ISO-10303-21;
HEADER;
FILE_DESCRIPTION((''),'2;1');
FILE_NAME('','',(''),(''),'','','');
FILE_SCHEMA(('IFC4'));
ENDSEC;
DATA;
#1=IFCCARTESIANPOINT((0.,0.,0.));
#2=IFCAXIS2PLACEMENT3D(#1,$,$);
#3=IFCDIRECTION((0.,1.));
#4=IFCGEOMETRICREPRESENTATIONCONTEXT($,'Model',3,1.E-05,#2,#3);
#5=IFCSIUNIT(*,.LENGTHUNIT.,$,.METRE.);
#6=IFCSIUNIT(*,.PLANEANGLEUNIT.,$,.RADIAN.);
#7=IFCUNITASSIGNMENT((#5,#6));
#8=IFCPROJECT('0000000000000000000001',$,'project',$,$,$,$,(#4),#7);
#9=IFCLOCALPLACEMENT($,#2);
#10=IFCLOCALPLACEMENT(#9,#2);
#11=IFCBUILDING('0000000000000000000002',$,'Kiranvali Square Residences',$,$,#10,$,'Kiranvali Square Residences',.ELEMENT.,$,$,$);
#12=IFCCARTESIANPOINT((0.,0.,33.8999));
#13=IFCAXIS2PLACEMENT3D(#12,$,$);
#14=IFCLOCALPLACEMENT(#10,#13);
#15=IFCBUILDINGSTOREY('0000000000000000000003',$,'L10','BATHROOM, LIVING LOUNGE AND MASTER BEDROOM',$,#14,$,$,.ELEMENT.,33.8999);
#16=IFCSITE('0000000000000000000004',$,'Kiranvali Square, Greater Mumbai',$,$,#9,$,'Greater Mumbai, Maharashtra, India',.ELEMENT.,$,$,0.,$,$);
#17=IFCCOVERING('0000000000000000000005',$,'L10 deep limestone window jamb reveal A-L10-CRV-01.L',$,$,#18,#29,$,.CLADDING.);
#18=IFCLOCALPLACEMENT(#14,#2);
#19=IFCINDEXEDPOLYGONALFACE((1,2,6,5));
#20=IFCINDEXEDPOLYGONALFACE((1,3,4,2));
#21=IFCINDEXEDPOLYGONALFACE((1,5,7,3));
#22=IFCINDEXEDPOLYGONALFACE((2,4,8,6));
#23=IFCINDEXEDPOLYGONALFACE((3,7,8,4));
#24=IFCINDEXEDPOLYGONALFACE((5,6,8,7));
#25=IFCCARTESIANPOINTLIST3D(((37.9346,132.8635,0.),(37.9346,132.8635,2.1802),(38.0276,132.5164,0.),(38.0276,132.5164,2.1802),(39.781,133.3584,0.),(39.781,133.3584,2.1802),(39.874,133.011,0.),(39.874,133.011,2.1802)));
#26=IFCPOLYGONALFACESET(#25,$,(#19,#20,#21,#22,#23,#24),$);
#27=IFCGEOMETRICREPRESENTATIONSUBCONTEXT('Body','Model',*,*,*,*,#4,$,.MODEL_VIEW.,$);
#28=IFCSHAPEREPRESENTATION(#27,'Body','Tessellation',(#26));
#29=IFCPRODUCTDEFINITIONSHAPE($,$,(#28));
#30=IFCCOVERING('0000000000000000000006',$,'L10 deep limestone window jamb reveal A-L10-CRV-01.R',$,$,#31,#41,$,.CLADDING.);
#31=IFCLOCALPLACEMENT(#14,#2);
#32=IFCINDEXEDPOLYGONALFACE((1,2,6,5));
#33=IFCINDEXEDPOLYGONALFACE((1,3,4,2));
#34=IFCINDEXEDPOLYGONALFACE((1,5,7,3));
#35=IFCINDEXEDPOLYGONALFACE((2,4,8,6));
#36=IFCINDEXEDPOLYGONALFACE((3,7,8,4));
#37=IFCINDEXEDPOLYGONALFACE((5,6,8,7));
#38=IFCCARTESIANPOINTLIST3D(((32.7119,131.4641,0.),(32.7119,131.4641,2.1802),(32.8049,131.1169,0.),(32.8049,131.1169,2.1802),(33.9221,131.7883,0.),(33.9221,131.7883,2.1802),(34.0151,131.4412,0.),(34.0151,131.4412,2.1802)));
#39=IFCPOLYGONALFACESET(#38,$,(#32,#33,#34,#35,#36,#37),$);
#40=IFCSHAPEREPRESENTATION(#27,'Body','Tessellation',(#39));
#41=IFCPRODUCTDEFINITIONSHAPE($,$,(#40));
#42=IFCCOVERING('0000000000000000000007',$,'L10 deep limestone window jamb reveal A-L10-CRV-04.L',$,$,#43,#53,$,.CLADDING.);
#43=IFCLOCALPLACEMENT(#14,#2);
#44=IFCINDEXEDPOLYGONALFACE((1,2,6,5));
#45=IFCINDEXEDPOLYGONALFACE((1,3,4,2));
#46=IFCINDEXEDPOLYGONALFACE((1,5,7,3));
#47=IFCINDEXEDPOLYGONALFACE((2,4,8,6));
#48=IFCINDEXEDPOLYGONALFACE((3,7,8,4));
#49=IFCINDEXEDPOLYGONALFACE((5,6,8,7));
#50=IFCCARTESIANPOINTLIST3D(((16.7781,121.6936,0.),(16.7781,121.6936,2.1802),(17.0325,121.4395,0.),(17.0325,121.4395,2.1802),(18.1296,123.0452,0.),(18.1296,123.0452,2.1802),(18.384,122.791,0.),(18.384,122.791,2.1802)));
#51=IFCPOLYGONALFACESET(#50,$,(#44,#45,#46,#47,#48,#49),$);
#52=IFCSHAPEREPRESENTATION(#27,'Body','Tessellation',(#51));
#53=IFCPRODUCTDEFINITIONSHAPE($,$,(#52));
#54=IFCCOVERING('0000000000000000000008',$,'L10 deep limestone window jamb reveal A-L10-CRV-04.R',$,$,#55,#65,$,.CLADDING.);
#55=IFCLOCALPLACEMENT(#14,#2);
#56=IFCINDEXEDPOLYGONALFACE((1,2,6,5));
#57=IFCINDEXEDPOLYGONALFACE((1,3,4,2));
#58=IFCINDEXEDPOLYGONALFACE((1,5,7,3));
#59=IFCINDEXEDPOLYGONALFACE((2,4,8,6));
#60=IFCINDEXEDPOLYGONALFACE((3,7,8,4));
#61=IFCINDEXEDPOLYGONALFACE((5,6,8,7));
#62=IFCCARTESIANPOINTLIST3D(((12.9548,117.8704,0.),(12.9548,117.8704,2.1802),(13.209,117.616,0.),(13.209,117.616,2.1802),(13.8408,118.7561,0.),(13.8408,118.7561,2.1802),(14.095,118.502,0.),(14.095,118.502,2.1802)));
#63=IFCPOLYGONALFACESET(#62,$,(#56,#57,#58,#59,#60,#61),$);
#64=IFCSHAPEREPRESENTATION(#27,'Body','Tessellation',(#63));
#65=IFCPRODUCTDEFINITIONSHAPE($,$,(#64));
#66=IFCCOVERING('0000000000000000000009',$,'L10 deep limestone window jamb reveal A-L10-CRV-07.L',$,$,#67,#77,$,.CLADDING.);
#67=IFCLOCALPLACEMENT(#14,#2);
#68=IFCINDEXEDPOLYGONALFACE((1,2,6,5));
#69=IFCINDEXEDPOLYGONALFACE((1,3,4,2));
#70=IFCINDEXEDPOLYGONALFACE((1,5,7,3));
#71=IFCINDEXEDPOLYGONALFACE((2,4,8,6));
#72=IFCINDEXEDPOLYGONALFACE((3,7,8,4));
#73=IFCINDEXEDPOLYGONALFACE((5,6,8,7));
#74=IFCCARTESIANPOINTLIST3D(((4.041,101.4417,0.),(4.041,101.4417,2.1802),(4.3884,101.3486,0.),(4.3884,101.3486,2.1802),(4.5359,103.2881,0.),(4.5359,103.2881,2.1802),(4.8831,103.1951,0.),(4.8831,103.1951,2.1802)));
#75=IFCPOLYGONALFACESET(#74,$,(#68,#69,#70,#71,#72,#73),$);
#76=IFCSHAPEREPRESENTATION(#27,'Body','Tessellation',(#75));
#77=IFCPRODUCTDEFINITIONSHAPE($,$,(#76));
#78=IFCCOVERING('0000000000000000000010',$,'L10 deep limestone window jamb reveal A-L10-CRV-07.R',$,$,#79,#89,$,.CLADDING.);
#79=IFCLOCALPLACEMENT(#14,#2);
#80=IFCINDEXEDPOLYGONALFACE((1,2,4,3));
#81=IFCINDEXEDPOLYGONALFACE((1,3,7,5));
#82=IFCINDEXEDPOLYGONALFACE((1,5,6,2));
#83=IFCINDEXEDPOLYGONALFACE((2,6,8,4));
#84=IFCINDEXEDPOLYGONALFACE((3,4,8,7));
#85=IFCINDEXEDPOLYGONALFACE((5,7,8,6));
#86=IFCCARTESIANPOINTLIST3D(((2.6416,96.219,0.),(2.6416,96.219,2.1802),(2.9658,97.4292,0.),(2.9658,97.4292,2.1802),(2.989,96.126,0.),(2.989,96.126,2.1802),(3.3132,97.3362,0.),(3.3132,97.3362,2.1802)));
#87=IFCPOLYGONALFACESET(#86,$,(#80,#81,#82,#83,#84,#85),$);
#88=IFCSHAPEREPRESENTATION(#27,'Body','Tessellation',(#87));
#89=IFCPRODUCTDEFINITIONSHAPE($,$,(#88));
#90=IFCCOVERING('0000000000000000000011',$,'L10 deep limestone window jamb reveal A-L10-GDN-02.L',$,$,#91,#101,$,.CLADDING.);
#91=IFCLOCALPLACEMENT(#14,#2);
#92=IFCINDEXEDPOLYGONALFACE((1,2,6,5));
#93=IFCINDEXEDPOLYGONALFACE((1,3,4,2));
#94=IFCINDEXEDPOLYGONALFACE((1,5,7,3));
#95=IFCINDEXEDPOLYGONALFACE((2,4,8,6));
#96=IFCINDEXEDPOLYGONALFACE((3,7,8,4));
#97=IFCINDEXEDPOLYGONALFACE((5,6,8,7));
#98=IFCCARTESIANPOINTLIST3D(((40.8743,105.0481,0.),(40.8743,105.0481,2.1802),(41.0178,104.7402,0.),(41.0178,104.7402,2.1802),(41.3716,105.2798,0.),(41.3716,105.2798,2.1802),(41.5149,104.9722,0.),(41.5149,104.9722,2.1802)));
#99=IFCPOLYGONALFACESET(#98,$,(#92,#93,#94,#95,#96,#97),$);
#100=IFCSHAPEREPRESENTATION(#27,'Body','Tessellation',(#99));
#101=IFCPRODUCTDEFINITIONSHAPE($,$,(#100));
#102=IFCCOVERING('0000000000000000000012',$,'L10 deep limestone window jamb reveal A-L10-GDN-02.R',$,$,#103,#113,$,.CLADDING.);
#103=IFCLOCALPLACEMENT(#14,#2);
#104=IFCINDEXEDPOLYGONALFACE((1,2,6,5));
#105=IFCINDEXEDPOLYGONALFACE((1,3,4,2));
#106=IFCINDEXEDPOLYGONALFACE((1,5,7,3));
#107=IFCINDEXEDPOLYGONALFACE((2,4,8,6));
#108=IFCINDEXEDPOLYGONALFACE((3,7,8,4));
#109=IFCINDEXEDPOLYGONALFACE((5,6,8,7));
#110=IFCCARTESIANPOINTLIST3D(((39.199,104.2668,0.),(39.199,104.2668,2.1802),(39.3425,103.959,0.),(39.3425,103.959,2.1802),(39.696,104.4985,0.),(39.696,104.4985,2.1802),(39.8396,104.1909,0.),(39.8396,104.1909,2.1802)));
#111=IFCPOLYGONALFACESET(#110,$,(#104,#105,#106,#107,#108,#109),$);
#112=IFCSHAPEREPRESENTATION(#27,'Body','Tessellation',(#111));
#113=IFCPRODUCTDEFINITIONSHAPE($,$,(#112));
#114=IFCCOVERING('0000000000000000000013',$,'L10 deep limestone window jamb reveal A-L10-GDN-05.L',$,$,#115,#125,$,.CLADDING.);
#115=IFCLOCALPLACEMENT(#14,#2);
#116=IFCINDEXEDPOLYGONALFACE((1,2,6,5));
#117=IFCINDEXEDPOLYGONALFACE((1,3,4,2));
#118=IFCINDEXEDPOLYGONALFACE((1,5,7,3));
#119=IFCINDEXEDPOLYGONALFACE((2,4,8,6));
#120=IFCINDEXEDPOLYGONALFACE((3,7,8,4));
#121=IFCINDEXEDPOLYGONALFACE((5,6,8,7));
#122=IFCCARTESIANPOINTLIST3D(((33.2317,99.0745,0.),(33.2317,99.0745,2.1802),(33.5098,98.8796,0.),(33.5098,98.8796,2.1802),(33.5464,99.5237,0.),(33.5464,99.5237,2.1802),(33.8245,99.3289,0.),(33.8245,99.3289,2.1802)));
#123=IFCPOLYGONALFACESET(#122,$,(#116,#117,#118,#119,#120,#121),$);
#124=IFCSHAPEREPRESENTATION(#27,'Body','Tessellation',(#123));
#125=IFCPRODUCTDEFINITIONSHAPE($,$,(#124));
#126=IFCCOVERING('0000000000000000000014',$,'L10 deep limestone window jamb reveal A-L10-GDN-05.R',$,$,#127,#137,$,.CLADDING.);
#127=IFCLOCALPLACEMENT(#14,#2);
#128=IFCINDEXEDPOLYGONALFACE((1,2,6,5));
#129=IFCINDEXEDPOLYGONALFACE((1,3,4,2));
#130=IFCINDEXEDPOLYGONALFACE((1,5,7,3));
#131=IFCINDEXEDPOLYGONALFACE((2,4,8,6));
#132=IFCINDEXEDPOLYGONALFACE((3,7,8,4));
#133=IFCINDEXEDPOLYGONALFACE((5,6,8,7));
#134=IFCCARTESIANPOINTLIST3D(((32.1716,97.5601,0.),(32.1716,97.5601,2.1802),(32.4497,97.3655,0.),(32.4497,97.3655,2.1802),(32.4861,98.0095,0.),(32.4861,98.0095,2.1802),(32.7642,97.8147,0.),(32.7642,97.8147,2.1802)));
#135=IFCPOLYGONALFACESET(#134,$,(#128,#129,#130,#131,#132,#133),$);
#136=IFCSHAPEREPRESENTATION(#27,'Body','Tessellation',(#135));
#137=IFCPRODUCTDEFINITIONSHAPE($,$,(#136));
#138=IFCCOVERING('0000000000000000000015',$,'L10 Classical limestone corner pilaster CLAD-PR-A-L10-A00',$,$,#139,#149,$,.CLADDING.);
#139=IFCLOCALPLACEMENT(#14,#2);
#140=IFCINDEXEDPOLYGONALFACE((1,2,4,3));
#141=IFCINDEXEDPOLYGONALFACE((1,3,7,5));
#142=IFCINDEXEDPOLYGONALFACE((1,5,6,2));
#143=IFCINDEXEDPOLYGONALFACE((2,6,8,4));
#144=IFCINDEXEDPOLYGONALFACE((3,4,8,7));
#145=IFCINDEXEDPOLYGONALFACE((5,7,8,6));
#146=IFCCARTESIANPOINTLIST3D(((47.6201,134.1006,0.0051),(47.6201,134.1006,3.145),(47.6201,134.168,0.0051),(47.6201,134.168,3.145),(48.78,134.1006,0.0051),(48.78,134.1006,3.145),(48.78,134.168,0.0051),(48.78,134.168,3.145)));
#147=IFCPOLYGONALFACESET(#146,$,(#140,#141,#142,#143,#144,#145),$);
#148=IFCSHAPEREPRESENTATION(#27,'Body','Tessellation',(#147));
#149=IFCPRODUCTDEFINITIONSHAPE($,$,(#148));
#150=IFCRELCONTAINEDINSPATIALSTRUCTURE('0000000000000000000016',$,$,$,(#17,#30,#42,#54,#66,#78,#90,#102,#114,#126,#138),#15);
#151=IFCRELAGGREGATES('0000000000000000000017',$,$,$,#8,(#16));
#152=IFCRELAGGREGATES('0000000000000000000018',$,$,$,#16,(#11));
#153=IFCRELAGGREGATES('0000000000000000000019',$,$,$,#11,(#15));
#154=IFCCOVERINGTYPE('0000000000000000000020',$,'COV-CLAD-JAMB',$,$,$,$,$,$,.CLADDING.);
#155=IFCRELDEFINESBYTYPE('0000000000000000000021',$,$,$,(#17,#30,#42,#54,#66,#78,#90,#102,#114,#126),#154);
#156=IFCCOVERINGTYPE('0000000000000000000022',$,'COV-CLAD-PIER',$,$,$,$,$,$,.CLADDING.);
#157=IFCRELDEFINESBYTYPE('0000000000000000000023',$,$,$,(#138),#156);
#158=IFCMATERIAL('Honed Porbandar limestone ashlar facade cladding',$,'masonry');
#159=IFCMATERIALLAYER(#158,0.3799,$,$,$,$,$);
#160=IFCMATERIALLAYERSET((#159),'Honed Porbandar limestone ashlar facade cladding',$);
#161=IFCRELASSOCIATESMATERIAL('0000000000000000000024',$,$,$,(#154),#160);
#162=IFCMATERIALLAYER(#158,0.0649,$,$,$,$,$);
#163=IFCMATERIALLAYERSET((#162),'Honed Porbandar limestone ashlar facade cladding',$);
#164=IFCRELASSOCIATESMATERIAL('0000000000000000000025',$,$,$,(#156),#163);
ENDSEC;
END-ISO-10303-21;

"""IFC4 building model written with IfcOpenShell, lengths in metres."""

from ifc_helpers import new_model, si_unit, direction, frame, origin, place, context, subcontext, project, spatial, polyline, outline, extrude, material, layer, layer_set, type_object, element, save


model = new_model("IFC4")

# Units and contexts
model_context = context("Model", 3, precision=1e-05, world=origin(), true_north=direction((0.0, 1.0)))
body_context = subcontext(model_context, "Body", "Model", "MODEL_VIEW")
ifc_project = project(units=[si_unit("LENGTHUNIT", "METRE"), si_unit("PLANEANGLEUNIT", "RADIAN")], contexts=[model_context])

# Site, building, storey
site_placement = place(None, origin())
site = spatial("IfcSite", under=ifc_project, at=site_placement, Name="Kiranvali Square, Greater Mumbai", LongName="Greater Mumbai, Maharashtra, India", CompositionType="ELEMENT", RefElevation=0.0)
building_placement = place(site_placement, origin())
building = spatial("IfcBuilding", under=site, at=building_placement, Name="Kiranvali Square Residences", LongName="Kiranvali Square Residences", CompositionType="ELEMENT")
storey_placement = place(building_placement, frame((0.0, 0.0, 33.8999)))
storey = spatial("IfcBuildingStorey", under=building, at=storey_placement, Name="L10", Description="BATHROOM, LIVING LOUNGE AND MASTER BEDROOM", CompositionType="ELEMENT", Elevation=33.8999)

# Coverings
ifc_material_1 = material(Name="Honed Porbandar limestone ashlar facade cladding", Category="masonry")
ifc_layer_1 = layer(ifc_material_1, 0.3799)
ifc_layer_set_1 = layer_set([ifc_layer_1], Name="Honed Porbandar limestone ashlar facade cladding")
covering_type_1 = type_object("IfcCoveringType", Name="COV-CLAD-JAMB", PredefinedType="CLADDING", material=ifc_layer_set_1)
covering_1_placement = place(storey_placement, origin())
element("IfcCovering", 1, at=covering_1_placement, inside=storey, type_object=covering_type_1, Name="L10 deep limestone window jamb reveal A-L10-CRV-01.L", PredefinedType="CLADDING", context=body_context, shape_type="SweptSolid", body=[
    extrude(outline(polyline([(39.781, 133.3584), (37.9346, 132.8635), (38.0276, 132.5164), (39.874, 133.011), (39.781, 133.3584)])), origin(), (0.0, 0.0, 1.0), 2.1802),
])
covering_2_placement = place(storey_placement, origin())
element("IfcCovering", 2, at=covering_2_placement, inside=storey, type_object=covering_type_1, Name="L10 deep limestone window jamb reveal A-L10-CRV-01.R", PredefinedType="CLADDING", context=body_context, shape_type="SweptSolid", body=[
    extrude(outline(polyline([(33.9221, 131.7883), (32.7119, 131.4641), (32.8049, 131.1169), (34.0151, 131.4412), (33.9221, 131.7883)])), origin(), (0.0, 0.0, 1.0), 2.1802),
])
covering_3_placement = place(storey_placement, origin())
element("IfcCovering", 3, at=covering_3_placement, inside=storey, type_object=covering_type_1, Name="L10 deep limestone window jamb reveal A-L10-CRV-04.L", PredefinedType="CLADDING", context=body_context, shape_type="SweptSolid", body=[
    extrude(outline(polyline([(18.1296, 123.0452), (16.7781, 121.6936), (17.0325, 121.4395), (18.384, 122.791), (18.1296, 123.0452)])), origin(), (0.0, 0.0, 1.0), 2.1802),
])
covering_4_placement = place(storey_placement, origin())
element("IfcCovering", 4, at=covering_4_placement, inside=storey, type_object=covering_type_1, Name="L10 deep limestone window jamb reveal A-L10-CRV-04.R", PredefinedType="CLADDING", context=body_context, shape_type="SweptSolid", body=[
    extrude(outline(polyline([(13.8408, 118.7561), (12.9548, 117.8704), (13.209, 117.616), (14.095, 118.502), (13.8408, 118.7561)])), origin(), (0.0, 0.0, 1.0), 2.1802),
])
covering_5_placement = place(storey_placement, origin())
element("IfcCovering", 5, at=covering_5_placement, inside=storey, type_object=covering_type_1, Name="L10 deep limestone window jamb reveal A-L10-CRV-07.L", PredefinedType="CLADDING", context=body_context, shape_type="SweptSolid", body=[
    extrude(outline(polyline([(4.5359, 103.2881), (4.041, 101.4417), (4.3884, 101.3486), (4.8831, 103.1951), (4.5359, 103.2881)])), origin(), (0.0, 0.0, 1.0), 2.1802),
])
covering_6_placement = place(storey_placement, origin())
element("IfcCovering", 6, at=covering_6_placement, inside=storey, type_object=covering_type_1, Name="L10 deep limestone window jamb reveal A-L10-CRV-07.R", PredefinedType="CLADDING", context=body_context, shape_type="SweptSolid", body=[
    extrude(outline(polyline([(2.9658, 97.4292), (2.6416, 96.219), (2.989, 96.126), (3.3132, 97.3362), (2.9658, 97.4292)])), origin(), (0.0, 0.0, 1.0), 2.1802),
])
covering_7_placement = place(storey_placement, origin())
element("IfcCovering", 7, at=covering_7_placement, inside=storey, type_object=covering_type_1, Name="L10 deep limestone window jamb reveal A-L10-GDN-02.L", PredefinedType="CLADDING", context=body_context, shape_type="SweptSolid", body=[
    extrude(outline(polyline([(41.3716, 105.2798), (40.8743, 105.0481), (41.0178, 104.7402), (41.5149, 104.9722), (41.3716, 105.2798)])), origin(), (0.0, 0.0, 1.0), 2.1802),
])
covering_8_placement = place(storey_placement, origin())
element("IfcCovering", 8, at=covering_8_placement, inside=storey, type_object=covering_type_1, Name="L10 deep limestone window jamb reveal A-L10-GDN-02.R", PredefinedType="CLADDING", context=body_context, shape_type="SweptSolid", body=[
    extrude(outline(polyline([(39.696, 104.4985), (39.199, 104.2668), (39.3425, 103.959), (39.8396, 104.1909), (39.696, 104.4985)])), origin(), (0.0, 0.0, 1.0), 2.1802),
])
covering_9_placement = place(storey_placement, origin())
element("IfcCovering", 9, at=covering_9_placement, inside=storey, type_object=covering_type_1, Name="L10 deep limestone window jamb reveal A-L10-GDN-05.L", PredefinedType="CLADDING", context=body_context, shape_type="SweptSolid", body=[
    extrude(outline(polyline([(33.5464, 99.5237), (33.2317, 99.0745), (33.5098, 98.8796), (33.8245, 99.3289), (33.5464, 99.5237)])), origin(), (0.0, 0.0, 1.0), 2.1802),
])
covering_10_placement = place(storey_placement, origin())
element("IfcCovering", 10, at=covering_10_placement, inside=storey, type_object=covering_type_1, Name="L10 deep limestone window jamb reveal A-L10-GDN-05.R", PredefinedType="CLADDING", context=body_context, shape_type="SweptSolid", body=[
    extrude(outline(polyline([(32.4861, 98.0095), (32.1716, 97.5601), (32.4497, 97.3655), (32.7642, 97.8147), (32.4861, 98.0095)])), origin(), (0.0, 0.0, 1.0), 2.1802),
])
ifc_layer_2 = layer(ifc_material_1, 0.0649)
ifc_layer_set_2 = layer_set([ifc_layer_2], Name="Honed Porbandar limestone ashlar facade cladding")
covering_type_2 = type_object("IfcCoveringType", Name="COV-CLAD-PIER", PredefinedType="CLADDING", material=ifc_layer_set_2)
covering_11_placement = place(storey_placement, frame((0.0, 0.0, 0.0051)))
element("IfcCovering", 11, at=covering_11_placement, inside=storey, type_object=covering_type_2, Name="L10 Classical limestone corner pilaster CLAD-PR-A-L10-A00", PredefinedType="CLADDING", context=body_context, shape_type="SweptSolid", body=[
    extrude(outline(polyline([(48.78, 134.168), (47.6201, 134.168), (47.6201, 134.1006), (48.78, 134.1006), (48.78, 134.168)])), origin(), (0.0, 0.0, 1.0), 3.1399),
])

save(model, "model.ifc")
